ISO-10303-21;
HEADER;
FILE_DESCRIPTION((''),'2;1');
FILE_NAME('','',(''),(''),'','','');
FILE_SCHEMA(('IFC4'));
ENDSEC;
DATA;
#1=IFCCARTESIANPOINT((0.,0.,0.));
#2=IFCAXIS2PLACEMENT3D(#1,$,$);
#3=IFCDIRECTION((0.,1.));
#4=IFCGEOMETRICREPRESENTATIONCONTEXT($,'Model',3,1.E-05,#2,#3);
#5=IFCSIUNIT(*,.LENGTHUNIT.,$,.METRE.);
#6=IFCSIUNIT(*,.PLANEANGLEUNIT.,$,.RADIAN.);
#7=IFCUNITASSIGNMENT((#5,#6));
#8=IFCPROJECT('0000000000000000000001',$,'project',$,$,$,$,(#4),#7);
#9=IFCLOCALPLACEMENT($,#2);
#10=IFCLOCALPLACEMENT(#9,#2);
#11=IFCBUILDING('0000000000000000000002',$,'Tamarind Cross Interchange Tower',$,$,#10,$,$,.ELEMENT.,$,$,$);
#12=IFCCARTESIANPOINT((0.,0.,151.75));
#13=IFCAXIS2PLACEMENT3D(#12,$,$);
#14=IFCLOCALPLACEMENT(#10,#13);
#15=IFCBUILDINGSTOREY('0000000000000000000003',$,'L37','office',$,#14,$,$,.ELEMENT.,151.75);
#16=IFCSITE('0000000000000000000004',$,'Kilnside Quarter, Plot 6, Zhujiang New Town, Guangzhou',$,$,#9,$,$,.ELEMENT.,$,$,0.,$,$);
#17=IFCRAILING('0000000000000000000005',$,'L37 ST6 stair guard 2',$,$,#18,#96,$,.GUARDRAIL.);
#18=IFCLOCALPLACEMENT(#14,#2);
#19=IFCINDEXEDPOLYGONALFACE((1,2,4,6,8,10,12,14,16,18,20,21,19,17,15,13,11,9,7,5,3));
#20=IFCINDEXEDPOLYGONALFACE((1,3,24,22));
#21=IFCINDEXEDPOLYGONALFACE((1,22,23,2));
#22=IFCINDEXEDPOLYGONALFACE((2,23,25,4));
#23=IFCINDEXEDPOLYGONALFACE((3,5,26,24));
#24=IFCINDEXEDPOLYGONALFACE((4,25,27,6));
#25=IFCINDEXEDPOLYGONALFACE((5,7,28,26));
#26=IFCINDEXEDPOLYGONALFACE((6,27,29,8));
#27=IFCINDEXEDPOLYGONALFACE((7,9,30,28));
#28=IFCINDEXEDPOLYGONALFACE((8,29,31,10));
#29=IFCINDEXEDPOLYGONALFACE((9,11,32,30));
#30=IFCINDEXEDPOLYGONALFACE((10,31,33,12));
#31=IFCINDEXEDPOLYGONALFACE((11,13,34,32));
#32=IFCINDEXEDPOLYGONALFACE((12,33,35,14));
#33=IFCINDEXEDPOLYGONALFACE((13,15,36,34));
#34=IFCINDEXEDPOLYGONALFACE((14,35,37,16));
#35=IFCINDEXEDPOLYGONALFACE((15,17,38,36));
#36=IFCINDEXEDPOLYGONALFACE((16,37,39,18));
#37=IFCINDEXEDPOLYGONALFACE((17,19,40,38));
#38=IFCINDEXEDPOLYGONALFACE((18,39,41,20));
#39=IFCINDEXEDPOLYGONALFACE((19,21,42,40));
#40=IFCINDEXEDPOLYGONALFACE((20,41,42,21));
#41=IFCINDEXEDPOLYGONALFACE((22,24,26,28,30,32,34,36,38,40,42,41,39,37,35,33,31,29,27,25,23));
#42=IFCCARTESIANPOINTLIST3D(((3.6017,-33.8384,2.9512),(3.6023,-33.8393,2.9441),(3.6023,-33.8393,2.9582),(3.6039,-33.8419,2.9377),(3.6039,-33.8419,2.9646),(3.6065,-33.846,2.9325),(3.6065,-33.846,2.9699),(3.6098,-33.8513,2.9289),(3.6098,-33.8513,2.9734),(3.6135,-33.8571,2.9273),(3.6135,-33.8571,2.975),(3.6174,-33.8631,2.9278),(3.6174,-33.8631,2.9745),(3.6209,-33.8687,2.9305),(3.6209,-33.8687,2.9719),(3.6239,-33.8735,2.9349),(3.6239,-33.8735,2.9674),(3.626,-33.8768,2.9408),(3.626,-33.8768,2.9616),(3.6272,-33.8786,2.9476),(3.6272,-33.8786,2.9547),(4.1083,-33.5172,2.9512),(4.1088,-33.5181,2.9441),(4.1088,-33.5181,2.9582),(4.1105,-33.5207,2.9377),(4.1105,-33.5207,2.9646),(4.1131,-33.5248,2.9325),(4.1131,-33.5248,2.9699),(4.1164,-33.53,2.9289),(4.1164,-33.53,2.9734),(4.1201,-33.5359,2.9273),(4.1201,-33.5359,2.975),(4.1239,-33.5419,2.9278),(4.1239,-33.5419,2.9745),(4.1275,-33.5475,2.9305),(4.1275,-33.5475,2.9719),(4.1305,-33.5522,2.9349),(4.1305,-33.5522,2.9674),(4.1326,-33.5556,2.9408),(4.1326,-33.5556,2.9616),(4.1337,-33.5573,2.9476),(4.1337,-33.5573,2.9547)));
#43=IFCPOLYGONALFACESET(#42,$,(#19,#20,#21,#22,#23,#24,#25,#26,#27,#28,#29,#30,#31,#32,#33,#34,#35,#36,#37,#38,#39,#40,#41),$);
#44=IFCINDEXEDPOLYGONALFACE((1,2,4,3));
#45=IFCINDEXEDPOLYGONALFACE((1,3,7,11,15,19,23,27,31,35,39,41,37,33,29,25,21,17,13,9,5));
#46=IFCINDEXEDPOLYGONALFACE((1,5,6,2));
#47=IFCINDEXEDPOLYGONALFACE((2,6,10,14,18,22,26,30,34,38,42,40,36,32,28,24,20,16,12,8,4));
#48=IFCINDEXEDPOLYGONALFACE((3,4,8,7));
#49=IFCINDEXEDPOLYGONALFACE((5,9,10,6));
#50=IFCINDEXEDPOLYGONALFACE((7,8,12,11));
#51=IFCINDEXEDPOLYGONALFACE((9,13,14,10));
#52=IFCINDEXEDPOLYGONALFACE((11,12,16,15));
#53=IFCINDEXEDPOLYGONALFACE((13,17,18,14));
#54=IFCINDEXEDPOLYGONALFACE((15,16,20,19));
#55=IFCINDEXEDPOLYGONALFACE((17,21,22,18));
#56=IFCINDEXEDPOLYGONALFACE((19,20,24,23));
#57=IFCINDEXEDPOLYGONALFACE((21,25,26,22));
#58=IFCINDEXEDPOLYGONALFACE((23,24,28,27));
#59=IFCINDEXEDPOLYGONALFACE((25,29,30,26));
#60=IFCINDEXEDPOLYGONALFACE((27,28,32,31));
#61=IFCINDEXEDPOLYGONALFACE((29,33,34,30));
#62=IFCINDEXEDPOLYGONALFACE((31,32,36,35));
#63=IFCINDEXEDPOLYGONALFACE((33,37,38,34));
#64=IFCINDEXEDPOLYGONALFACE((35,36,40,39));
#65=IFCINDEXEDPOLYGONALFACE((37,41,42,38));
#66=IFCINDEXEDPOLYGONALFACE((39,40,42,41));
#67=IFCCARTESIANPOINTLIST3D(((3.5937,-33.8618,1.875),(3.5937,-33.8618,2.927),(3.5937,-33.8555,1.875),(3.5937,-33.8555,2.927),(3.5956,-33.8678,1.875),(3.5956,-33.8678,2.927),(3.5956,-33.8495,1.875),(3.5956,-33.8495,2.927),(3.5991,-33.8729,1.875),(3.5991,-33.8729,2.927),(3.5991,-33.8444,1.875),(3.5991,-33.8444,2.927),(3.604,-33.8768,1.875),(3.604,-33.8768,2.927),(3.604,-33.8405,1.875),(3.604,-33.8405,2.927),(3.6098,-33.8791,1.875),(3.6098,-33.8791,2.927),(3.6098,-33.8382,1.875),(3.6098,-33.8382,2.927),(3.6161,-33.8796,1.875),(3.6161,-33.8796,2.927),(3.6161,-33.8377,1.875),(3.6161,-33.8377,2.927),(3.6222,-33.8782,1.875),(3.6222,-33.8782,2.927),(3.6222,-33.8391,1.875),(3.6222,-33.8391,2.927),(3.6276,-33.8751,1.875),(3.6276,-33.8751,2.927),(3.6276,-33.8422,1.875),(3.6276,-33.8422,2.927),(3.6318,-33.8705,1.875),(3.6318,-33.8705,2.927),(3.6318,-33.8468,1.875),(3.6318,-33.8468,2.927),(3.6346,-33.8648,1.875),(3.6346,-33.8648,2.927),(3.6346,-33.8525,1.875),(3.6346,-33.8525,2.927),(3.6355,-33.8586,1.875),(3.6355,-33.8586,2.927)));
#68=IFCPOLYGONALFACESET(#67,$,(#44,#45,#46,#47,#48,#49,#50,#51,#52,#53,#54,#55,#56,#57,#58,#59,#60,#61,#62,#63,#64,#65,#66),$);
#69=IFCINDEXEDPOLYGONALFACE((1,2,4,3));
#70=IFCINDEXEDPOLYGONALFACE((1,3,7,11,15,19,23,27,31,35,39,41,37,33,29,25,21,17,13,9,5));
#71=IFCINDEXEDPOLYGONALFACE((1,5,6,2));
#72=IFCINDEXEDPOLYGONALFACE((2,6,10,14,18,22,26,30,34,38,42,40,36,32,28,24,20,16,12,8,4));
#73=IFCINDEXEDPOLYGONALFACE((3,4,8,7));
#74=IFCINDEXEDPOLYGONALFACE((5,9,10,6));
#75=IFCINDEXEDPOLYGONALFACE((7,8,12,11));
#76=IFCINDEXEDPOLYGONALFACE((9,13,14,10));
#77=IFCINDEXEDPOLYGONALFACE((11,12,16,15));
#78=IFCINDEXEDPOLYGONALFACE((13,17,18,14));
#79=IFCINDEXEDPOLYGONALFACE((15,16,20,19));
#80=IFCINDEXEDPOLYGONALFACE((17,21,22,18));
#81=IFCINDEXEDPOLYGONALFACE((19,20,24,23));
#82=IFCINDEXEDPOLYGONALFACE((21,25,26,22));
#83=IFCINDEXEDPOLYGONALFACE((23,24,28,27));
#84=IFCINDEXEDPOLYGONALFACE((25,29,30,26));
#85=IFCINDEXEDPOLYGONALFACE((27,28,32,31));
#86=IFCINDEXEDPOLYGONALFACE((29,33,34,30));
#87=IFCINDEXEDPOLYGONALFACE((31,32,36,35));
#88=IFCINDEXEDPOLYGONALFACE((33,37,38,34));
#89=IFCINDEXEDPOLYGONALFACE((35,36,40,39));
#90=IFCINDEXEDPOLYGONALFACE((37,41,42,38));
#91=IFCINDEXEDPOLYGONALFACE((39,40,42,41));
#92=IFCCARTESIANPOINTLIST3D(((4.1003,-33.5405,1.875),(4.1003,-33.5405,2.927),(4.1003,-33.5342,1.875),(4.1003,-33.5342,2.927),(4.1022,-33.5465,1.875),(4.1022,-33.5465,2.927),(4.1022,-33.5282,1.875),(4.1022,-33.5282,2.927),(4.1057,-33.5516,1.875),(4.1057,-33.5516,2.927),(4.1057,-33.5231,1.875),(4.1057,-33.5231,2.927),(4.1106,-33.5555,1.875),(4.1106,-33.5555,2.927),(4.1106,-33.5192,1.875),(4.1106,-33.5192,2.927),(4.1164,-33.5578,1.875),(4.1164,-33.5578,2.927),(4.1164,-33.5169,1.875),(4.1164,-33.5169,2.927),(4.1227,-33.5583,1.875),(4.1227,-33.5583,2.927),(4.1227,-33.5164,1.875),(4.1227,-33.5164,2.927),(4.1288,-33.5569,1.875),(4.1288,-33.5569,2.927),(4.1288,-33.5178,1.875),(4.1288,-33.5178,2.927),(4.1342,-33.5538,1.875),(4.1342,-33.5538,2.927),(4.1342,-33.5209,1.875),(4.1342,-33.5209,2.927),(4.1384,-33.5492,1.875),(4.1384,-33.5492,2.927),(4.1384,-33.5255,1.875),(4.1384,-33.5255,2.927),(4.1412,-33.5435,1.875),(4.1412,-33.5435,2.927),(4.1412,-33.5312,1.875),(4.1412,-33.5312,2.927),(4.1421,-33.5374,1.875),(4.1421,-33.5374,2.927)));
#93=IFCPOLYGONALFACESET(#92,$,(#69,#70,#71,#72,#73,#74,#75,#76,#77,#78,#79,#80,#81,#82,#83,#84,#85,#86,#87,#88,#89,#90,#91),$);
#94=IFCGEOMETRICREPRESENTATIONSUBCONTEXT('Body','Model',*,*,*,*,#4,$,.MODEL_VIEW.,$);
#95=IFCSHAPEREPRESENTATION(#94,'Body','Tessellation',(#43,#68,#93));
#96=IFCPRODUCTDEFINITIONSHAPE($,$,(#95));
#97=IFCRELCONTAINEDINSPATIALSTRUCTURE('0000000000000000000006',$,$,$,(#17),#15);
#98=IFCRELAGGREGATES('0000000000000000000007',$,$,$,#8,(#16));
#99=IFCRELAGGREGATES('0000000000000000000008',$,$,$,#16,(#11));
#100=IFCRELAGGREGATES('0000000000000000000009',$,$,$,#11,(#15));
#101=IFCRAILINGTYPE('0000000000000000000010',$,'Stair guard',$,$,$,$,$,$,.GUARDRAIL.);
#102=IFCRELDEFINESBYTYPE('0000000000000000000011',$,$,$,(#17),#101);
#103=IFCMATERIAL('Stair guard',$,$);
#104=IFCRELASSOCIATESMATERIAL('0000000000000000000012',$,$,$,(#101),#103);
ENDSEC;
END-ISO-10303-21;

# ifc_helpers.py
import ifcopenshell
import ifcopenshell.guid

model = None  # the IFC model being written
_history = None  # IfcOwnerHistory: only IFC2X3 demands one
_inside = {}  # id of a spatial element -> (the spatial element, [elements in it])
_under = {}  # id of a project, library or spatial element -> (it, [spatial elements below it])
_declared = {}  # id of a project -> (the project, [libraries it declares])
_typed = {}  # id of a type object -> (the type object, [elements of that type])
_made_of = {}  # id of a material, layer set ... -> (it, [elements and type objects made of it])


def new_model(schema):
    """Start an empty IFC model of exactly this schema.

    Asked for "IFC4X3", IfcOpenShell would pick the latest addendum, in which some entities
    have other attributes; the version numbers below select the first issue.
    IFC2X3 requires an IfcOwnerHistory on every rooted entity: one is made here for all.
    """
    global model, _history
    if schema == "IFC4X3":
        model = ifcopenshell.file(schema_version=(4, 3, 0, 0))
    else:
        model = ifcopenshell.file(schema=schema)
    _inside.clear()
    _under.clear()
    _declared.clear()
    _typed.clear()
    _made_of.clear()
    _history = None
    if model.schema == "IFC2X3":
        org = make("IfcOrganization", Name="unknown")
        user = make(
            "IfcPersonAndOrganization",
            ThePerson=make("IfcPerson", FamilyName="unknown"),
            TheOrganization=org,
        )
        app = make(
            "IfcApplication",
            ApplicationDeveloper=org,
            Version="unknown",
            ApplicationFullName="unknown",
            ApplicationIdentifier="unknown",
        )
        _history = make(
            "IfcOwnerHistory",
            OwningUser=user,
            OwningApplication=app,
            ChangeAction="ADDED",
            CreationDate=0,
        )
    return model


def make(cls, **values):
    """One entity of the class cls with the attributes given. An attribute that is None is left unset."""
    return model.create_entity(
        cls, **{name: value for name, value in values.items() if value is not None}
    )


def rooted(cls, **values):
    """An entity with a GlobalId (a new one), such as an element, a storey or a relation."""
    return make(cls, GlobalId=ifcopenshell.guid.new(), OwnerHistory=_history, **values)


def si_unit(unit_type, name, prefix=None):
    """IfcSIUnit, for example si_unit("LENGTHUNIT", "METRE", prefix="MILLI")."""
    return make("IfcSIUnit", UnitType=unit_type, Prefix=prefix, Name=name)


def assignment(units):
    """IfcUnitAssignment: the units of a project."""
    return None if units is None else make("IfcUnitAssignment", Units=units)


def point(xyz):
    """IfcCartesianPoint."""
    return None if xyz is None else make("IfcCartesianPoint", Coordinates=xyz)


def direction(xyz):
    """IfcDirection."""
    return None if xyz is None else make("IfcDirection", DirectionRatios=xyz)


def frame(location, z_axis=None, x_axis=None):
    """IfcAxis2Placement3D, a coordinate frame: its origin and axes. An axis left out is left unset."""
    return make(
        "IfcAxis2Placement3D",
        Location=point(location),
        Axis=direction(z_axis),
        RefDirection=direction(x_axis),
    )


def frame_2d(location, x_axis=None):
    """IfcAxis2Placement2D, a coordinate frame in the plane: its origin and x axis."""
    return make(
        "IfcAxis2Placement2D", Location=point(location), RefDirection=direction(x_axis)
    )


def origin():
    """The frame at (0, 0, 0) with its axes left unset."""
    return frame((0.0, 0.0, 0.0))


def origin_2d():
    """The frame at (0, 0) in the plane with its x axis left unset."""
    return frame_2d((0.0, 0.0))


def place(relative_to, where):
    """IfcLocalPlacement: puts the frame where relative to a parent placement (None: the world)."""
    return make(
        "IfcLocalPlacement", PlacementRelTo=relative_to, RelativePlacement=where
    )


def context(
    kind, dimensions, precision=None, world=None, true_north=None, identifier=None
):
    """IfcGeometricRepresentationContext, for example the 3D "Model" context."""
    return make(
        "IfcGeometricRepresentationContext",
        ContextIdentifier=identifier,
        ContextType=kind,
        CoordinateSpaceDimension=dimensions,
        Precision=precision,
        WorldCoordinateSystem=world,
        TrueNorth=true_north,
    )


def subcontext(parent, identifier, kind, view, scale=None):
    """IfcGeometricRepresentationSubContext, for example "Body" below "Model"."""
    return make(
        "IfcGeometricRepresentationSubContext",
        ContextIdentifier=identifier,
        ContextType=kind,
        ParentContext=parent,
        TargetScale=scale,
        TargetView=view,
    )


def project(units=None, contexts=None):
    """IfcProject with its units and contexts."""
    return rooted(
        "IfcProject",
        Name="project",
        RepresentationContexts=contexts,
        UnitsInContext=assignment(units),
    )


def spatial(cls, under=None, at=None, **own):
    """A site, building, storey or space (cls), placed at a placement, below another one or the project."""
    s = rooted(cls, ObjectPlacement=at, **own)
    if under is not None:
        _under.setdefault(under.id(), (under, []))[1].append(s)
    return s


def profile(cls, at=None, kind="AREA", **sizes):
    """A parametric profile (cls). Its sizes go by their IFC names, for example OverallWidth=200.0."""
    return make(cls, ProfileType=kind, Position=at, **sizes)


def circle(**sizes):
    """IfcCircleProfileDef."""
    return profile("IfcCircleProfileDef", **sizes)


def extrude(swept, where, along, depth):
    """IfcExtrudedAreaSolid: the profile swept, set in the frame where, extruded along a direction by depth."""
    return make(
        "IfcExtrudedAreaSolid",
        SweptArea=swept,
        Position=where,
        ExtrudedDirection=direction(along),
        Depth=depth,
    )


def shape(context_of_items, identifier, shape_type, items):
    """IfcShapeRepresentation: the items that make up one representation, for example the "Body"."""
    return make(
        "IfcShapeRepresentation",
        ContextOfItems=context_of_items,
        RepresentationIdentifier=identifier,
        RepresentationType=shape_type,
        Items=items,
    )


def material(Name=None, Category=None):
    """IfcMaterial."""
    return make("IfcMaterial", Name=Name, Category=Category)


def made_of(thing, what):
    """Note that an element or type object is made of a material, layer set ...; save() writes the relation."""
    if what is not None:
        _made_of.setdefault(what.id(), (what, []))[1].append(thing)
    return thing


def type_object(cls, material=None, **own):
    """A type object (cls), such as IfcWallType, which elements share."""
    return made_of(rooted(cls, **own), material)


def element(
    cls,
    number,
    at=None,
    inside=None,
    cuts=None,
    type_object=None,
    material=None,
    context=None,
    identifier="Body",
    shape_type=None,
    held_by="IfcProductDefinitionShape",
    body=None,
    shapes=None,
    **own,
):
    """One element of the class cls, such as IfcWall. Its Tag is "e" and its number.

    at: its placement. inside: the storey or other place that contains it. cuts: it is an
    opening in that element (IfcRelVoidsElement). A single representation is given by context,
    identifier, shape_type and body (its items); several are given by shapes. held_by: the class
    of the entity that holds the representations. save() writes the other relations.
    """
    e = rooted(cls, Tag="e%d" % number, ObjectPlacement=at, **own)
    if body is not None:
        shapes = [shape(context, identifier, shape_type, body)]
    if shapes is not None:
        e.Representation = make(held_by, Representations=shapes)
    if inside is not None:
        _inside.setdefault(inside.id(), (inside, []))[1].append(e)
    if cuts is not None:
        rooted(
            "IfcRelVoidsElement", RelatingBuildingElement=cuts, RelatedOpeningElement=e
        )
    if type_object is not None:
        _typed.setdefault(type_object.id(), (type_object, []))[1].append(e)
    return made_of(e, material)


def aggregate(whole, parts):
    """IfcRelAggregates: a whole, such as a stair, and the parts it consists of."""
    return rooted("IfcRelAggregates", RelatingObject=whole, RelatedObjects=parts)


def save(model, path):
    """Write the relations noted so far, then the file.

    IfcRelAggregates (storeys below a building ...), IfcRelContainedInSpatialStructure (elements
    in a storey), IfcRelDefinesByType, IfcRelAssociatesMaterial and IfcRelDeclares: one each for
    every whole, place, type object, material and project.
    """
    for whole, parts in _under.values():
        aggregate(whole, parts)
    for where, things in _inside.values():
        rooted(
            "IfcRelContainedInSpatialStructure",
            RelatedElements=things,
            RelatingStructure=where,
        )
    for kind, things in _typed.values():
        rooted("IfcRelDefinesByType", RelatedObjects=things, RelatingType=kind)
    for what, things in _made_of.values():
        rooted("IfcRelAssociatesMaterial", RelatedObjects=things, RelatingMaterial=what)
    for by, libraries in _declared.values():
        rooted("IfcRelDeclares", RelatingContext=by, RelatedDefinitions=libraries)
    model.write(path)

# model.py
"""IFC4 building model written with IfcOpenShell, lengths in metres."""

from ifc_helpers import new_model, si_unit, direction, frame, origin, origin_2d, place, context, subcontext, project, spatial, circle, extrude, material, type_object, element, save


model = new_model("IFC4")

# Units and contexts
model_context = context("Model", 3, precision=1e-05, world=origin(), true_north=direction((0.0, 1.0)))
body_context = subcontext(model_context, "Body", "Model", "MODEL_VIEW")
ifc_project = project(units=[si_unit("LENGTHUNIT", "METRE"), si_unit("PLANEANGLEUNIT", "RADIAN")], contexts=[model_context])

# Site, building, storey
site_placement = place(None, origin())
site = spatial("IfcSite", under=ifc_project, at=site_placement, Name="Kilnside Quarter, Plot 6, Zhujiang New Town, Guangzhou", CompositionType="ELEMENT", RefElevation=0.0)
building_placement = place(site_placement, origin())
building = spatial("IfcBuilding", under=site, at=building_placement, Name="Tamarind Cross Interchange Tower", CompositionType="ELEMENT")
storey_placement = place(building_placement, frame((0.0, 0.0, 151.75)))
storey = spatial("IfcBuildingStorey", under=building, at=storey_placement, Name="L37", Description="office", CompositionType="ELEMENT", Elevation=151.75)

# Railing
ifc_material_1 = material(Name="Stair guard")
railing_type_1 = type_object("IfcRailingType", Name="Stair guard", PredefinedType="GUARDRAIL", material=ifc_material_1)
railing_1_placement = place(storey_placement, frame((3.6145, -33.8586, 1.875)))
element("IfcRailing", 1, at=railing_1_placement, inside=storey, type_object=railing_type_1, Name="L37 ST6 stair guard 2", PredefinedType="GUARDRAIL", context=body_context, shape_type="SweptSolid", body=[
    extrude(circle(Radius=0.0239, at=origin_2d()), frame((0.0, 0.0, 1.0762), z_axis=(0.844482, 0.535585, 0.0), x_axis=(-0.535585, 0.844482, 0.0)), (0.0, 0.0, 1.0), 0.5999),
    extrude(circle(Radius=0.021, at=origin_2d()), origin(), (0.0, 0.0, 1.0), 1.052),
    extrude(circle(Radius=0.021, at=origin_2d()), frame((0.5066, 0.3213, 0.0)), (0.0, 0.0, 1.0), 1.052),
])

save(model, "model.ifc")
